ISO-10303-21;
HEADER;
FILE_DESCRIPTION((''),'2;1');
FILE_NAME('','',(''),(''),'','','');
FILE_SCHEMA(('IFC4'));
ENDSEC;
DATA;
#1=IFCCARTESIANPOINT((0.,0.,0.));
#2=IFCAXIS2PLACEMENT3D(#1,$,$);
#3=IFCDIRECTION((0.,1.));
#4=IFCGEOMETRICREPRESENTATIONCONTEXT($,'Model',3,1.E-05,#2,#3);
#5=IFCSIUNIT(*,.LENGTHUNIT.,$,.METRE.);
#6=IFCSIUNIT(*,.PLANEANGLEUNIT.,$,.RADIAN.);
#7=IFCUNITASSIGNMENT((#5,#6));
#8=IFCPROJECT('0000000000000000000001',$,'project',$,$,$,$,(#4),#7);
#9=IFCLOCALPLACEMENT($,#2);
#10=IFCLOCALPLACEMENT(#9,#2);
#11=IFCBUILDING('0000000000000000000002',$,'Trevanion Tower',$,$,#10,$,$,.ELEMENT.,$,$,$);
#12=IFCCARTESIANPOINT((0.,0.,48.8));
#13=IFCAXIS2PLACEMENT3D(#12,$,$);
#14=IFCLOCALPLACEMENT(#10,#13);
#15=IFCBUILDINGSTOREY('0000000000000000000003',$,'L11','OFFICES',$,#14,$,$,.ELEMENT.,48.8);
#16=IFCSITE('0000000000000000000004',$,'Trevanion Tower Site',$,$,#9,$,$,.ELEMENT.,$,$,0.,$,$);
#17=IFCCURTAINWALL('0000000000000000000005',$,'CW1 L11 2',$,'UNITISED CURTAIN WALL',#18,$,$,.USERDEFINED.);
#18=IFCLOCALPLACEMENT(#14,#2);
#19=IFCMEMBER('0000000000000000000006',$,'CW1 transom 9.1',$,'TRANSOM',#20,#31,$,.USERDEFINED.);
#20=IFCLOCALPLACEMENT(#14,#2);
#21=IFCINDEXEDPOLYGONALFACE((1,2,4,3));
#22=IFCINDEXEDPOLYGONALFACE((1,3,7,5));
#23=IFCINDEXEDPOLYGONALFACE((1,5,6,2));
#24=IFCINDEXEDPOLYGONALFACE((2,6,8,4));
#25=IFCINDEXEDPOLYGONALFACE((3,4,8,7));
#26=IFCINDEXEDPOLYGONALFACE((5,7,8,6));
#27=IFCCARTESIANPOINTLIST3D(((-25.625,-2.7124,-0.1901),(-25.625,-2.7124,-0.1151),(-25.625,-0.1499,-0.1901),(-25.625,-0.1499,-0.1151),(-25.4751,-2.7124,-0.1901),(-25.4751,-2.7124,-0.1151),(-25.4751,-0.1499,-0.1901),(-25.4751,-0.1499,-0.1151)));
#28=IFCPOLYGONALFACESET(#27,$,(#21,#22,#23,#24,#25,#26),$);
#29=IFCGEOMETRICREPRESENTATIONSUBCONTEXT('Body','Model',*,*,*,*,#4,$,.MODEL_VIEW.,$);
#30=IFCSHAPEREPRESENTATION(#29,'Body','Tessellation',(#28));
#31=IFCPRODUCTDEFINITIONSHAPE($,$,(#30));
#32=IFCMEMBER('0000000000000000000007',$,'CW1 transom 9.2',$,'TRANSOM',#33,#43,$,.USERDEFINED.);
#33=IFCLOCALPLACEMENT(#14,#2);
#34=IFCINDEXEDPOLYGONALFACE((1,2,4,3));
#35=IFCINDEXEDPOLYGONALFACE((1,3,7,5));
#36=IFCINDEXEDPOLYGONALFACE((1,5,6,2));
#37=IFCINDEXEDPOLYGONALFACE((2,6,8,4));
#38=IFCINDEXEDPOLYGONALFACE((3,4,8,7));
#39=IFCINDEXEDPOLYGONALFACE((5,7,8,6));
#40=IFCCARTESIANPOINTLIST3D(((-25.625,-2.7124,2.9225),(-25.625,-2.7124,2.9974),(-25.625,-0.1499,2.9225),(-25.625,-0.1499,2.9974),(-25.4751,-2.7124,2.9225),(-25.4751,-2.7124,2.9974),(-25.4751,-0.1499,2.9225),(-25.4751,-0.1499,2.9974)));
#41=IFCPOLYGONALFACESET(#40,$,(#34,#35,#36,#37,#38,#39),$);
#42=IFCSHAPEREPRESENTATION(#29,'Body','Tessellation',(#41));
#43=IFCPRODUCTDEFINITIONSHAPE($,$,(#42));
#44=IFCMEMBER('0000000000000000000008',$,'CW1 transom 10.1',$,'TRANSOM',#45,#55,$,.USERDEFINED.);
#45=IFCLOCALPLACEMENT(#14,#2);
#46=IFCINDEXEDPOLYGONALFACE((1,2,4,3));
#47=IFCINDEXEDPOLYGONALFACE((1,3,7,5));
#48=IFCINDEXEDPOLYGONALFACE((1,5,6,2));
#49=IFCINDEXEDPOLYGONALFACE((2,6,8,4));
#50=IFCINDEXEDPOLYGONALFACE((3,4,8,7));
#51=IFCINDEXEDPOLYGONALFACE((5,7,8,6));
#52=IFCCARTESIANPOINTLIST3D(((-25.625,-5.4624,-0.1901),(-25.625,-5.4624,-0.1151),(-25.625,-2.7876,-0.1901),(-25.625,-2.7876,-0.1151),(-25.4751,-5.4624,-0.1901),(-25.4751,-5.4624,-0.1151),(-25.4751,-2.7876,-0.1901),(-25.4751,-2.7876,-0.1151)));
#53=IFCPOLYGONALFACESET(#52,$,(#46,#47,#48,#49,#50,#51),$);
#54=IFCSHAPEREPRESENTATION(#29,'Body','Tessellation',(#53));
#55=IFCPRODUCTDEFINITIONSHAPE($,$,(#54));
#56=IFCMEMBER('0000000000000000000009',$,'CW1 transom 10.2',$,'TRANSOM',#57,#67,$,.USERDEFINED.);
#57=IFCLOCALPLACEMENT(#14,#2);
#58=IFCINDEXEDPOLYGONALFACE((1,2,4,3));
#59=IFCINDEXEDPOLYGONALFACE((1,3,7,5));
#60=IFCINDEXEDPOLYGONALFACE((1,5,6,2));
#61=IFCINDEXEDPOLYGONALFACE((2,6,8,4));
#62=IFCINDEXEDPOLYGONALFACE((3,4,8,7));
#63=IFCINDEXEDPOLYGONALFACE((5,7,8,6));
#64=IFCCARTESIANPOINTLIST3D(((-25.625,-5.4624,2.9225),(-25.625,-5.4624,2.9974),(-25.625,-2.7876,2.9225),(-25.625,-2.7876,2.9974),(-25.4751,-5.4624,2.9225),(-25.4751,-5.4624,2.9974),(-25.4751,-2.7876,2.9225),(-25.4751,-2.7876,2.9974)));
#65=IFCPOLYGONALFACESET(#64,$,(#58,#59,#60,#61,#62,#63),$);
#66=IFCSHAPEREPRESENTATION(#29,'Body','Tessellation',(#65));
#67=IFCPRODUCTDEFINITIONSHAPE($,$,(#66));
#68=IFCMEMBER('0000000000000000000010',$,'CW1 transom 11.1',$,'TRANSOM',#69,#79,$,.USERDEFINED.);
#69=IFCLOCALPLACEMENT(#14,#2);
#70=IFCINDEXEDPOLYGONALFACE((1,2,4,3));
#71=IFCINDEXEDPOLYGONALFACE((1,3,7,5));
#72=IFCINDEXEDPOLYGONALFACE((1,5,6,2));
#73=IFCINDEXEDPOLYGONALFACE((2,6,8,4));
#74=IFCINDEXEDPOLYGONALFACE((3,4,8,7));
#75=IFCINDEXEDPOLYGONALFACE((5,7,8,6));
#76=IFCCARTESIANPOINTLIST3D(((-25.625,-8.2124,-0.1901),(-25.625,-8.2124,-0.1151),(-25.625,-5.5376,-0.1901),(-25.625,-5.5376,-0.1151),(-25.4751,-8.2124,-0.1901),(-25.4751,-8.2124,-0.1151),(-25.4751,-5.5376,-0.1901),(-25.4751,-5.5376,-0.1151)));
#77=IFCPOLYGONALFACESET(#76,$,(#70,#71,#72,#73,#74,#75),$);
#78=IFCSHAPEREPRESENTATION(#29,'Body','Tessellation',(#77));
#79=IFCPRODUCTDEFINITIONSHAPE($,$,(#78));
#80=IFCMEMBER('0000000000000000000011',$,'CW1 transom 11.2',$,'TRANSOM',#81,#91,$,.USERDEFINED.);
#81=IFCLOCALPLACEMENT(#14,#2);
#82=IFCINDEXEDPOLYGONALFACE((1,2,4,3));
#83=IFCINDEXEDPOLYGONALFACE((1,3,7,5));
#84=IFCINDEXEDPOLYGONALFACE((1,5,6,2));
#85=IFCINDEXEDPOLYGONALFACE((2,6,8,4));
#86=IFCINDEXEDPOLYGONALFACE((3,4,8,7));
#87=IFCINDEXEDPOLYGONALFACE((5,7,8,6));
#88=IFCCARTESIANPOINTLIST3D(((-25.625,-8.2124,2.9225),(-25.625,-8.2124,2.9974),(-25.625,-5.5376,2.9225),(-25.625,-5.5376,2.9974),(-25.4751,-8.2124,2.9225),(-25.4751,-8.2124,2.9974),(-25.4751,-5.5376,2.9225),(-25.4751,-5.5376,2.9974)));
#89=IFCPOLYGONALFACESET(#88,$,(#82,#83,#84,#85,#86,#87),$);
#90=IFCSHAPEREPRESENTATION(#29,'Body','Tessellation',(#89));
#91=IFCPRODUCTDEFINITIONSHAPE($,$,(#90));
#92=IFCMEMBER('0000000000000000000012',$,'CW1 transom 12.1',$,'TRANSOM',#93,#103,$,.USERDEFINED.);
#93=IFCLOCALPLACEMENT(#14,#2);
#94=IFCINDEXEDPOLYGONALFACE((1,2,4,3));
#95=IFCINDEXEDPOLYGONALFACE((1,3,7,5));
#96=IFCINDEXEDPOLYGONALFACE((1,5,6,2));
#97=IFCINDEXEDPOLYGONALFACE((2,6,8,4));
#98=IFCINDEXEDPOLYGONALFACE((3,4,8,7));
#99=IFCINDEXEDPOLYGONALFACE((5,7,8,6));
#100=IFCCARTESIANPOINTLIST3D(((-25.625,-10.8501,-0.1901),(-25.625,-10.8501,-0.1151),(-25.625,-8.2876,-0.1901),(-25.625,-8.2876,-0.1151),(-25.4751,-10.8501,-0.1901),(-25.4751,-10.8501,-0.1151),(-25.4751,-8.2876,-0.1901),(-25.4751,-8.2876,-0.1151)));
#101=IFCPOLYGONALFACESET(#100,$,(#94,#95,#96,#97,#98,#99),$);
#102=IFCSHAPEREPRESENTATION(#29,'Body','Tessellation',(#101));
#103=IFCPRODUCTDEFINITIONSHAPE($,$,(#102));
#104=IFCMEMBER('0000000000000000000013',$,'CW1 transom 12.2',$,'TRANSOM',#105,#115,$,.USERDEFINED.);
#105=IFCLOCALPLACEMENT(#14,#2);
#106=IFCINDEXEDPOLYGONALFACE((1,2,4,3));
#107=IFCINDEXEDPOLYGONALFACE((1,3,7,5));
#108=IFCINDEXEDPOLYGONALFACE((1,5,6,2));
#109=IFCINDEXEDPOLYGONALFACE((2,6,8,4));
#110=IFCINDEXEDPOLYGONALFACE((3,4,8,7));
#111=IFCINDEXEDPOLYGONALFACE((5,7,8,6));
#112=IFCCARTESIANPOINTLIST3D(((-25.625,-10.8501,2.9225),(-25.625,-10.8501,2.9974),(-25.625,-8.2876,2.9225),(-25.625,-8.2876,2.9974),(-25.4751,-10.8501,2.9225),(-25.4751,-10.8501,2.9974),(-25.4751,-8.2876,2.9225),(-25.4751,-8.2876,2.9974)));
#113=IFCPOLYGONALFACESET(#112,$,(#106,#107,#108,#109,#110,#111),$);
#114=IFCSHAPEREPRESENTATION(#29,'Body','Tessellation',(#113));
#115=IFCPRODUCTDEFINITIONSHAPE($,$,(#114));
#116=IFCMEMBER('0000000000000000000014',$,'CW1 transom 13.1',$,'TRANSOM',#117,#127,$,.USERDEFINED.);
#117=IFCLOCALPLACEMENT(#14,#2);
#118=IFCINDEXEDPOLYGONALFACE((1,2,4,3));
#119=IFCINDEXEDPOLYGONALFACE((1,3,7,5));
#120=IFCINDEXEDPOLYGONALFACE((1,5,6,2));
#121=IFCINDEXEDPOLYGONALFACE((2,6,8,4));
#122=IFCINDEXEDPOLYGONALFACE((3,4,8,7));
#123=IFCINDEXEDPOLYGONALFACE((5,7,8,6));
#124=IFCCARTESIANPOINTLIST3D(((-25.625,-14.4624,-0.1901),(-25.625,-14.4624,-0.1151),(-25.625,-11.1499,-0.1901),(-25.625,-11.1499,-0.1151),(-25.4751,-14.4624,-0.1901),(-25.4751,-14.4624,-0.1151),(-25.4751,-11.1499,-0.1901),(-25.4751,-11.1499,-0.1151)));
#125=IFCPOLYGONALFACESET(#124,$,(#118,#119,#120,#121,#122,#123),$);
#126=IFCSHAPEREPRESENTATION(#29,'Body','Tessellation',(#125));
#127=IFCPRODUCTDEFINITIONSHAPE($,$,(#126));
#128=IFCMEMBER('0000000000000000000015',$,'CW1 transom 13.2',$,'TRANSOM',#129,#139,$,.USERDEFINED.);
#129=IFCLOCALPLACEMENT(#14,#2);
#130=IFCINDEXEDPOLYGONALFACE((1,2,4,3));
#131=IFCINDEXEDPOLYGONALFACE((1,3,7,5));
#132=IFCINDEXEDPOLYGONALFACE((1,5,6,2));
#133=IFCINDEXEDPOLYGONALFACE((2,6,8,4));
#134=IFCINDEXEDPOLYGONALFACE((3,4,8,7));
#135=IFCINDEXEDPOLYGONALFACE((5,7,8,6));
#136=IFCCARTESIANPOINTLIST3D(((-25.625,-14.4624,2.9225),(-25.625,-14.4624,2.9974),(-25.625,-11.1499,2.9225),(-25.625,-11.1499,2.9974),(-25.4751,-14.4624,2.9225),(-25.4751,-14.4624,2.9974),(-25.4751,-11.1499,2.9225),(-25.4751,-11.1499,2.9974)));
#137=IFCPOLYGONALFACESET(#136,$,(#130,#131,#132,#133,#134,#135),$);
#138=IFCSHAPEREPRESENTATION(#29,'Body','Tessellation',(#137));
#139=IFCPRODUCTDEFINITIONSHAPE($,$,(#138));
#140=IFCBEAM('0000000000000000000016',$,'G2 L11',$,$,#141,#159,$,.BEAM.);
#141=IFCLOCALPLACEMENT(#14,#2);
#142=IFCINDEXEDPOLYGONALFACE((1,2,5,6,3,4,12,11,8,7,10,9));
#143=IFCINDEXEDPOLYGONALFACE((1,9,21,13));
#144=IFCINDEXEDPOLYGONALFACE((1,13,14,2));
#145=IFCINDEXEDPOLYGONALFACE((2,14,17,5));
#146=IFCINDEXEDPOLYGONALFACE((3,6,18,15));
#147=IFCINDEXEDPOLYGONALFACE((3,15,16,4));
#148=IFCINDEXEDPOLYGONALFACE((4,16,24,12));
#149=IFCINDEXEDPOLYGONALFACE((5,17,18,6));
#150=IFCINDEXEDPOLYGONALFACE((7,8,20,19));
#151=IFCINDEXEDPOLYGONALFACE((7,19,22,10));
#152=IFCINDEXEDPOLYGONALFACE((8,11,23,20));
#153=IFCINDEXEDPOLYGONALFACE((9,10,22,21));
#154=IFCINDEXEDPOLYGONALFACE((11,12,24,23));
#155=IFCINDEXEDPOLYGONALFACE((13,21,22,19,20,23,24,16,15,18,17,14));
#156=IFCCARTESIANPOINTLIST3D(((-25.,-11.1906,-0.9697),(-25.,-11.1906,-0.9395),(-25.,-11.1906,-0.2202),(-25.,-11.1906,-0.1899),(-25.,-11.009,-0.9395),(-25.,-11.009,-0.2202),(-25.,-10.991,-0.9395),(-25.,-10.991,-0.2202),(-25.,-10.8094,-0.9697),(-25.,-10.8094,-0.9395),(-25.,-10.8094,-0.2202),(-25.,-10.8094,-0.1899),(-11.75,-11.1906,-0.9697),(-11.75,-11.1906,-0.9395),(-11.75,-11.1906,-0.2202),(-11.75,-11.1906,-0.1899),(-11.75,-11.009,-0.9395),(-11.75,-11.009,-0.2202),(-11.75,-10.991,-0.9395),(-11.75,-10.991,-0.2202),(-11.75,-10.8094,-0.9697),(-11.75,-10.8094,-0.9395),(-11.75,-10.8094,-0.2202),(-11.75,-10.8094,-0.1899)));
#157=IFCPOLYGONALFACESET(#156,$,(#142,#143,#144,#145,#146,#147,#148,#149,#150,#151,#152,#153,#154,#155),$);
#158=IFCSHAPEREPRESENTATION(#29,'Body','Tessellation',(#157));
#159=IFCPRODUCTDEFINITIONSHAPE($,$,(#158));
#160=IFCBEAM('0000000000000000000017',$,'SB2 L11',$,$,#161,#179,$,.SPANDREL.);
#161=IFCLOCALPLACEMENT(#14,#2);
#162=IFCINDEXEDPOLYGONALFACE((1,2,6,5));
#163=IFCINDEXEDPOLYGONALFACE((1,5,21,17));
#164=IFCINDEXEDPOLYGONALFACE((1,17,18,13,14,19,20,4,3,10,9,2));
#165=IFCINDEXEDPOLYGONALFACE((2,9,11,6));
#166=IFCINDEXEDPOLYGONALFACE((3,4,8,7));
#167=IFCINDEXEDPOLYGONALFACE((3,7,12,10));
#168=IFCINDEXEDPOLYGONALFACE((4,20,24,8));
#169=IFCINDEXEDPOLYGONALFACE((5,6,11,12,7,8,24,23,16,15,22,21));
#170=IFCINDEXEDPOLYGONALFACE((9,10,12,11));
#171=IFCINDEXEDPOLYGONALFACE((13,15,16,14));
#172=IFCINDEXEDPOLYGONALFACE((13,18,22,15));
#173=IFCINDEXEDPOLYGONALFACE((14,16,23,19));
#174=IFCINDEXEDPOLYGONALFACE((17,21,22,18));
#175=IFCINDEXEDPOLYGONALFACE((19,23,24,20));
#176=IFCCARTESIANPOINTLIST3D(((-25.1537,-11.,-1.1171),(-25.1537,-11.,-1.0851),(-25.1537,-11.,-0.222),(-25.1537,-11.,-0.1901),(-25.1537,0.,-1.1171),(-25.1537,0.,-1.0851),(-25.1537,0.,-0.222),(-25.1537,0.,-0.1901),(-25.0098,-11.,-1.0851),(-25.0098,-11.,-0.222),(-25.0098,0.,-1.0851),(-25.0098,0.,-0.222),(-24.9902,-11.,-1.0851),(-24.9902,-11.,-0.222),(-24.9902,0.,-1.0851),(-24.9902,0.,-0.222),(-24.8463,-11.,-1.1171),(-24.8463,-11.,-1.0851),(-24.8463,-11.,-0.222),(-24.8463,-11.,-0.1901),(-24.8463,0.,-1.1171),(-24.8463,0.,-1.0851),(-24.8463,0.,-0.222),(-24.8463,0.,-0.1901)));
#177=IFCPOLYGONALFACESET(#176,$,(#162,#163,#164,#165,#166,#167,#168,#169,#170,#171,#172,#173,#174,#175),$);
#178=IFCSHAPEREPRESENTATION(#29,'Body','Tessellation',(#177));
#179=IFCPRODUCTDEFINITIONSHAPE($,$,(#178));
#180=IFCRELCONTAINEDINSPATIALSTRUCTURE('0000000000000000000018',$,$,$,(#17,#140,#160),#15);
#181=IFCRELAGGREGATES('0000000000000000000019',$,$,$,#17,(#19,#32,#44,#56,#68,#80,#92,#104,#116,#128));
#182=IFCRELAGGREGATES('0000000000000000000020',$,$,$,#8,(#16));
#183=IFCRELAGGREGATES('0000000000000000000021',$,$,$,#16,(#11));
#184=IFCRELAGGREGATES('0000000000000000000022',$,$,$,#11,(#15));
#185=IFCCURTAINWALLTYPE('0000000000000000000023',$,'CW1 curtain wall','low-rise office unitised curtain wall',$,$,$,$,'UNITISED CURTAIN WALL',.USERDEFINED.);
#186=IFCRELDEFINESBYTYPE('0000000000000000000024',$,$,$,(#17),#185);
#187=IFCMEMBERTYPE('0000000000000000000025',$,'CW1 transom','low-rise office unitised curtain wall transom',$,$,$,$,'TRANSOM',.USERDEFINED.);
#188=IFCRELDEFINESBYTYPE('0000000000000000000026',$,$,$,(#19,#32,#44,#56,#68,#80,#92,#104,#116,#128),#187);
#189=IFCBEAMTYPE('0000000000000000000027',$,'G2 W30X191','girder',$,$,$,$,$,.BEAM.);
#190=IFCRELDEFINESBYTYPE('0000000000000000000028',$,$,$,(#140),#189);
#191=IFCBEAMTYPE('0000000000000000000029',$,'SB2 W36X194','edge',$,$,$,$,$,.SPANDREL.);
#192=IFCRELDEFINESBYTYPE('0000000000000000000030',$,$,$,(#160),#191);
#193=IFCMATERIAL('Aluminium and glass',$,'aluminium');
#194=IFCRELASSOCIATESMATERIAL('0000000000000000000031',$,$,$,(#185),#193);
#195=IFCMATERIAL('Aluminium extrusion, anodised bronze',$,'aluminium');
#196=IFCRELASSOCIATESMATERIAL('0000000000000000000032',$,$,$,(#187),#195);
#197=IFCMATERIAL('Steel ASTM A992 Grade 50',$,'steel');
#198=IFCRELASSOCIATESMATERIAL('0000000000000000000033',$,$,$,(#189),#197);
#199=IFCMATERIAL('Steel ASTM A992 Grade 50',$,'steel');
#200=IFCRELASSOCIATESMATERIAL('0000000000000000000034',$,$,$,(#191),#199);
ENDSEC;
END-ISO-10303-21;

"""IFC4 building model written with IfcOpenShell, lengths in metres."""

from ifc_helpers import new_model, si_unit, direction, frame, origin, origin_2d, place, context, subcontext, project, spatial, rectangle, i_section, extrude, material, material_profile, profile_set, type_object, element, aggregate, save


model = new_model("IFC4")

# Units and contexts
model_context = context("Model", 3, precision=1e-05, world=origin(), true_north=direction((0.0, 1.0)))
body_context = subcontext(model_context, "Body", "Model", "MODEL_VIEW")
ifc_project = project(units=[si_unit("LENGTHUNIT", "METRE"), si_unit("PLANEANGLEUNIT", "RADIAN")], contexts=[model_context])

# Site, building, storey
site_placement = place(None, origin())
site = spatial("IfcSite", under=ifc_project, at=site_placement, Name="Trevanion Tower Site", CompositionType="ELEMENT", RefElevation=0.0)
building_placement = place(site_placement, origin())
building = spatial("IfcBuilding", under=site, at=building_placement, Name="Trevanion Tower", CompositionType="ELEMENT")
storey_placement = place(building_placement, frame((0.0, 0.0, 48.8)))
storey = spatial("IfcBuildingStorey", under=building, at=storey_placement, Name="L11", Description="OFFICES", CompositionType="ELEMENT", Elevation=48.8)

# Curtain wall, members
ifc_material_1 = material(Name="Aluminium and glass", Category="aluminium")
curtain_wall_type = type_object("IfcCurtainWallType", Name="CW1 curtain wall", Description="low-rise office unitised curtain wall", ElementType="UNITISED CURTAIN WALL", PredefinedType="USERDEFINED", material=ifc_material_1)
curtain_wall_placement = place(storey_placement, origin())
curtain_wall = element("IfcCurtainWall", 1, at=curtain_wall_placement, inside=storey, type_object=curtain_wall_type, Name="CW1 L11 2", ObjectType="UNITISED CURTAIN WALL", PredefinedType="USERDEFINED")
ifc_material_2 = material(Name="Aluminium extrusion, anodised bronze", Category="aluminium")
ifc_material_profile_1 = material_profile(ifc_material_2, rectangle(XDim=0.1499, YDim=0.075, at=origin_2d()), Name="CW1 transom")
ifc_profile_set_1 = profile_set([ifc_material_profile_1], Name="Aluminium extrusion, anodised bronze")
member_type_1 = type_object("IfcMemberType", Name="CW1 transom", Description="low-rise office unitised curtain wall transom", ElementType="TRANSOM", PredefinedType="USERDEFINED", material=ifc_profile_set_1)
member_1_placement = place(storey_placement, frame((-25.55, -0.1499, -0.1526), z_axis=(0.0, -1.0, 0.0), x_axis=(1.0, 0.0, 0.0)))
member_1 = element("IfcMember", 2, at=member_1_placement, type_object=member_type_1, Name="CW1 transom 9.1", ObjectType="TRANSOM", PredefinedType="USERDEFINED", context=body_context, shape_type="SweptSolid", body=[
    extrude(rectangle(XDim=0.1499, YDim=0.075, at=origin_2d()), origin(), (0.0, 0.0, 1.0), 2.5625),
])
member_2_placement = place(storey_placement, frame((-25.55, -0.1499, 2.96), z_axis=(0.0, -1.0, 0.0), x_axis=(1.0, 0.0, 0.0)))
member_2 = element("IfcMember", 3, at=member_2_placement, type_object=member_type_1, Name="CW1 transom 9.2", ObjectType="TRANSOM", PredefinedType="USERDEFINED", context=body_context, shape_type="SweptSolid", body=[
    extrude(rectangle(XDim=0.1499, YDim=0.075, at=origin_2d()), origin(), (0.0, 0.0, 1.0), 2.5625),
])
member_3_placement = place(storey_placement, frame((-25.55, -2.7876, -0.1526), z_axis=(0.0, -1.0, 0.0), x_axis=(1.0, 0.0, 0.0)))
member_3 = element("IfcMember", 4, at=member_3_placement, type_object=member_type_1, Name="CW1 transom 10.1", ObjectType="TRANSOM", PredefinedType="USERDEFINED", context=body_context, shape_type="SweptSolid", body=[
    extrude(rectangle(XDim=0.1499, YDim=0.075, at=origin_2d()), origin(), (0.0, 0.0, 1.0), 2.6748),
])
member_4_placement = place(storey_placement, frame((-25.55, -2.7876, 2.96), z_axis=(0.0, -1.0, 0.0), x_axis=(1.0, 0.0, 0.0)))
member_4 = element("IfcMember", 5, at=member_4_placement, type_object=member_type_1, Name="CW1 transom 10.2", ObjectType="TRANSOM", PredefinedType="USERDEFINED", context=body_context, shape_type="SweptSolid", body=[
    extrude(rectangle(XDim=0.1499, YDim=0.075, at=origin_2d()), origin(), (0.0, 0.0, 1.0), 2.6748),
])
member_5_placement = place(storey_placement, frame((-25.55, -5.5376, -0.1526), z_axis=(0.0, -1.0, 0.0), x_axis=(1.0, 0.0, 0.0)))
member_5 = element("IfcMember", 6, at=member_5_placement, type_object=member_type_1, Name="CW1 transom 11.1", ObjectType="TRANSOM", PredefinedType="USERDEFINED", context=body_context, shape_type="SweptSolid", body=[
    extrude(rectangle(XDim=0.1499, YDim=0.075, at=origin_2d()), origin(), (0.0, 0.0, 1.0), 2.6748),
])
member_6_placement = place(storey_placement, frame((-25.55, -5.5376, 2.96), z_axis=(0.0, -1.0, 0.0), x_axis=(1.0, 0.0, 0.0)))
member_6 = element("IfcMember", 7, at=member_6_placement, type_object=member_type_1, Name="CW1 transom 11.2", ObjectType="TRANSOM", PredefinedType="USERDEFINED", context=body_context, shape_type="SweptSolid", body=[
    extrude(rectangle(XDim=0.1499, YDim=0.075, at=origin_2d()), origin(), (0.0, 0.0, 1.0), 2.6748),
])
member_7_placement = place(storey_placement, frame((-25.55, -8.2876, -0.1526), z_axis=(0.0, -1.0, 0.0), x_axis=(1.0, 0.0, 0.0)))
member_7 = element("IfcMember", 8, at=member_7_placement, type_object=member_type_1, Name="CW1 transom 12.1", ObjectType="TRANSOM", PredefinedType="USERDEFINED", context=body_context, shape_type="SweptSolid", body=[
    extrude(rectangle(XDim=0.1499, YDim=0.075, at=origin_2d()), origin(), (0.0, 0.0, 1.0), 2.5625),
])
member_8_placement = place(storey_placement, frame((-25.55, -8.2876, 2.96), z_axis=(0.0, -1.0, 0.0), x_axis=(1.0, 0.0, 0.0)))
member_8 = element("IfcMember", 9, at=member_8_placement, type_object=member_type_1, Name="CW1 transom 12.2", ObjectType="TRANSOM", PredefinedType="USERDEFINED", context=body_context, shape_type="SweptSolid", body=[
    extrude(rectangle(XDim=0.1499, YDim=0.075, at=origin_2d()), origin(), (0.0, 0.0, 1.0), 2.5625),
])
member_9_placement = place(storey_placement, frame((-25.55, -11.1499, -0.1526), z_axis=(0.0, -1.0, 0.0), x_axis=(1.0, 0.0, 0.0)))
member_9 = element("IfcMember", 10, at=member_9_placement, type_object=member_type_1, Name="CW1 transom 13.1", ObjectType="TRANSOM", PredefinedType="USERDEFINED", context=body_context, shape_type="SweptSolid", body=[
    extrude(rectangle(XDim=0.1499, YDim=0.075, at=origin_2d()), origin(), (0.0, 0.0, 1.0), 3.3125),
])
member_10_placement = place(storey_placement, frame((-25.55, -11.1499, 2.96), z_axis=(0.0, -1.0, 0.0), x_axis=(1.0, 0.0, 0.0)))
member_10 = element("IfcMember", 11, at=member_10_placement, type_object=member_type_1, Name="CW1 transom 13.2", ObjectType="TRANSOM", PredefinedType="USERDEFINED", context=body_context, shape_type="SweptSolid", body=[
    extrude(rectangle(XDim=0.1499, YDim=0.075, at=origin_2d()), origin(), (0.0, 0.0, 1.0), 3.3125),
])

# Beams
ifc_material_3 = material(Name="Steel ASTM A992 Grade 50", Category="steel")
ifc_material_profile_2 = material_profile(ifc_material_3, i_section(OverallWidth=0.3811, OverallDepth=0.7798, WebThickness=0.0181, FlangeThickness=0.0303, at=origin_2d()), Name="W30X191")
ifc_profile_set_2 = profile_set([ifc_material_profile_2], Name="Steel ASTM A992 Grade 50")
beam_type_1 = type_object("IfcBeamType", Name="G2 W30X191", Description="girder", PredefinedType="BEAM", material=ifc_profile_set_2)
beam_1_placement = place(storey_placement, frame((-11.75, -11.0, -0.5798), z_axis=(-1.0, 0.0, 0.0), x_axis=(0.0, -1.0, 0.0)))
element("IfcBeam", 12, at=beam_1_placement, inside=storey, type_object=beam_type_1, Name="G2 L11", PredefinedType="BEAM", context=body_context, shape_type="SweptSolid", body=[
    extrude(i_section(OverallWidth=0.3811, OverallDepth=0.7798, WebThickness=0.0181, FlangeThickness=0.0303, at=origin_2d()), origin(), (0.0, 0.0, 1.0), 13.25),
])
ifc_material_4 = material(Name="Steel ASTM A992 Grade 50", Category="steel")
ifc_material_profile_3 = material_profile(ifc_material_4, i_section(OverallWidth=0.3074, OverallDepth=0.927, WebThickness=0.0195, FlangeThickness=0.032, at=origin_2d()), Name="W36X194")
ifc_profile_set_3 = profile_set([ifc_material_profile_3], Name="Steel ASTM A992 Grade 50")
beam_type_2 = type_object("IfcBeamType", Name="SB2 W36X194", Description="edge", PredefinedType="SPANDREL", material=ifc_profile_set_3)
beam_2_placement = place(storey_placement, frame((-25.0, 0.0, -0.6536), z_axis=(0.0, -1.0, 0.0), x_axis=(1.0, 0.0, 0.0)))
element("IfcBeam", 13, at=beam_2_placement, inside=storey, type_object=beam_type_2, Name="SB2 L11", PredefinedType="SPANDREL", context=body_context, shape_type="SweptSolid", body=[
    extrude(i_section(OverallWidth=0.3074, OverallDepth=0.927, WebThickness=0.0195, FlangeThickness=0.032, at=origin_2d()), origin(), (0.0, 0.0, 1.0), 11.0),
])

aggregate(curtain_wall, [member_1, member_2, member_3, member_4, member_5, member_6, member_7, member_8, member_9, member_10])

save(model, "model.ifc")
